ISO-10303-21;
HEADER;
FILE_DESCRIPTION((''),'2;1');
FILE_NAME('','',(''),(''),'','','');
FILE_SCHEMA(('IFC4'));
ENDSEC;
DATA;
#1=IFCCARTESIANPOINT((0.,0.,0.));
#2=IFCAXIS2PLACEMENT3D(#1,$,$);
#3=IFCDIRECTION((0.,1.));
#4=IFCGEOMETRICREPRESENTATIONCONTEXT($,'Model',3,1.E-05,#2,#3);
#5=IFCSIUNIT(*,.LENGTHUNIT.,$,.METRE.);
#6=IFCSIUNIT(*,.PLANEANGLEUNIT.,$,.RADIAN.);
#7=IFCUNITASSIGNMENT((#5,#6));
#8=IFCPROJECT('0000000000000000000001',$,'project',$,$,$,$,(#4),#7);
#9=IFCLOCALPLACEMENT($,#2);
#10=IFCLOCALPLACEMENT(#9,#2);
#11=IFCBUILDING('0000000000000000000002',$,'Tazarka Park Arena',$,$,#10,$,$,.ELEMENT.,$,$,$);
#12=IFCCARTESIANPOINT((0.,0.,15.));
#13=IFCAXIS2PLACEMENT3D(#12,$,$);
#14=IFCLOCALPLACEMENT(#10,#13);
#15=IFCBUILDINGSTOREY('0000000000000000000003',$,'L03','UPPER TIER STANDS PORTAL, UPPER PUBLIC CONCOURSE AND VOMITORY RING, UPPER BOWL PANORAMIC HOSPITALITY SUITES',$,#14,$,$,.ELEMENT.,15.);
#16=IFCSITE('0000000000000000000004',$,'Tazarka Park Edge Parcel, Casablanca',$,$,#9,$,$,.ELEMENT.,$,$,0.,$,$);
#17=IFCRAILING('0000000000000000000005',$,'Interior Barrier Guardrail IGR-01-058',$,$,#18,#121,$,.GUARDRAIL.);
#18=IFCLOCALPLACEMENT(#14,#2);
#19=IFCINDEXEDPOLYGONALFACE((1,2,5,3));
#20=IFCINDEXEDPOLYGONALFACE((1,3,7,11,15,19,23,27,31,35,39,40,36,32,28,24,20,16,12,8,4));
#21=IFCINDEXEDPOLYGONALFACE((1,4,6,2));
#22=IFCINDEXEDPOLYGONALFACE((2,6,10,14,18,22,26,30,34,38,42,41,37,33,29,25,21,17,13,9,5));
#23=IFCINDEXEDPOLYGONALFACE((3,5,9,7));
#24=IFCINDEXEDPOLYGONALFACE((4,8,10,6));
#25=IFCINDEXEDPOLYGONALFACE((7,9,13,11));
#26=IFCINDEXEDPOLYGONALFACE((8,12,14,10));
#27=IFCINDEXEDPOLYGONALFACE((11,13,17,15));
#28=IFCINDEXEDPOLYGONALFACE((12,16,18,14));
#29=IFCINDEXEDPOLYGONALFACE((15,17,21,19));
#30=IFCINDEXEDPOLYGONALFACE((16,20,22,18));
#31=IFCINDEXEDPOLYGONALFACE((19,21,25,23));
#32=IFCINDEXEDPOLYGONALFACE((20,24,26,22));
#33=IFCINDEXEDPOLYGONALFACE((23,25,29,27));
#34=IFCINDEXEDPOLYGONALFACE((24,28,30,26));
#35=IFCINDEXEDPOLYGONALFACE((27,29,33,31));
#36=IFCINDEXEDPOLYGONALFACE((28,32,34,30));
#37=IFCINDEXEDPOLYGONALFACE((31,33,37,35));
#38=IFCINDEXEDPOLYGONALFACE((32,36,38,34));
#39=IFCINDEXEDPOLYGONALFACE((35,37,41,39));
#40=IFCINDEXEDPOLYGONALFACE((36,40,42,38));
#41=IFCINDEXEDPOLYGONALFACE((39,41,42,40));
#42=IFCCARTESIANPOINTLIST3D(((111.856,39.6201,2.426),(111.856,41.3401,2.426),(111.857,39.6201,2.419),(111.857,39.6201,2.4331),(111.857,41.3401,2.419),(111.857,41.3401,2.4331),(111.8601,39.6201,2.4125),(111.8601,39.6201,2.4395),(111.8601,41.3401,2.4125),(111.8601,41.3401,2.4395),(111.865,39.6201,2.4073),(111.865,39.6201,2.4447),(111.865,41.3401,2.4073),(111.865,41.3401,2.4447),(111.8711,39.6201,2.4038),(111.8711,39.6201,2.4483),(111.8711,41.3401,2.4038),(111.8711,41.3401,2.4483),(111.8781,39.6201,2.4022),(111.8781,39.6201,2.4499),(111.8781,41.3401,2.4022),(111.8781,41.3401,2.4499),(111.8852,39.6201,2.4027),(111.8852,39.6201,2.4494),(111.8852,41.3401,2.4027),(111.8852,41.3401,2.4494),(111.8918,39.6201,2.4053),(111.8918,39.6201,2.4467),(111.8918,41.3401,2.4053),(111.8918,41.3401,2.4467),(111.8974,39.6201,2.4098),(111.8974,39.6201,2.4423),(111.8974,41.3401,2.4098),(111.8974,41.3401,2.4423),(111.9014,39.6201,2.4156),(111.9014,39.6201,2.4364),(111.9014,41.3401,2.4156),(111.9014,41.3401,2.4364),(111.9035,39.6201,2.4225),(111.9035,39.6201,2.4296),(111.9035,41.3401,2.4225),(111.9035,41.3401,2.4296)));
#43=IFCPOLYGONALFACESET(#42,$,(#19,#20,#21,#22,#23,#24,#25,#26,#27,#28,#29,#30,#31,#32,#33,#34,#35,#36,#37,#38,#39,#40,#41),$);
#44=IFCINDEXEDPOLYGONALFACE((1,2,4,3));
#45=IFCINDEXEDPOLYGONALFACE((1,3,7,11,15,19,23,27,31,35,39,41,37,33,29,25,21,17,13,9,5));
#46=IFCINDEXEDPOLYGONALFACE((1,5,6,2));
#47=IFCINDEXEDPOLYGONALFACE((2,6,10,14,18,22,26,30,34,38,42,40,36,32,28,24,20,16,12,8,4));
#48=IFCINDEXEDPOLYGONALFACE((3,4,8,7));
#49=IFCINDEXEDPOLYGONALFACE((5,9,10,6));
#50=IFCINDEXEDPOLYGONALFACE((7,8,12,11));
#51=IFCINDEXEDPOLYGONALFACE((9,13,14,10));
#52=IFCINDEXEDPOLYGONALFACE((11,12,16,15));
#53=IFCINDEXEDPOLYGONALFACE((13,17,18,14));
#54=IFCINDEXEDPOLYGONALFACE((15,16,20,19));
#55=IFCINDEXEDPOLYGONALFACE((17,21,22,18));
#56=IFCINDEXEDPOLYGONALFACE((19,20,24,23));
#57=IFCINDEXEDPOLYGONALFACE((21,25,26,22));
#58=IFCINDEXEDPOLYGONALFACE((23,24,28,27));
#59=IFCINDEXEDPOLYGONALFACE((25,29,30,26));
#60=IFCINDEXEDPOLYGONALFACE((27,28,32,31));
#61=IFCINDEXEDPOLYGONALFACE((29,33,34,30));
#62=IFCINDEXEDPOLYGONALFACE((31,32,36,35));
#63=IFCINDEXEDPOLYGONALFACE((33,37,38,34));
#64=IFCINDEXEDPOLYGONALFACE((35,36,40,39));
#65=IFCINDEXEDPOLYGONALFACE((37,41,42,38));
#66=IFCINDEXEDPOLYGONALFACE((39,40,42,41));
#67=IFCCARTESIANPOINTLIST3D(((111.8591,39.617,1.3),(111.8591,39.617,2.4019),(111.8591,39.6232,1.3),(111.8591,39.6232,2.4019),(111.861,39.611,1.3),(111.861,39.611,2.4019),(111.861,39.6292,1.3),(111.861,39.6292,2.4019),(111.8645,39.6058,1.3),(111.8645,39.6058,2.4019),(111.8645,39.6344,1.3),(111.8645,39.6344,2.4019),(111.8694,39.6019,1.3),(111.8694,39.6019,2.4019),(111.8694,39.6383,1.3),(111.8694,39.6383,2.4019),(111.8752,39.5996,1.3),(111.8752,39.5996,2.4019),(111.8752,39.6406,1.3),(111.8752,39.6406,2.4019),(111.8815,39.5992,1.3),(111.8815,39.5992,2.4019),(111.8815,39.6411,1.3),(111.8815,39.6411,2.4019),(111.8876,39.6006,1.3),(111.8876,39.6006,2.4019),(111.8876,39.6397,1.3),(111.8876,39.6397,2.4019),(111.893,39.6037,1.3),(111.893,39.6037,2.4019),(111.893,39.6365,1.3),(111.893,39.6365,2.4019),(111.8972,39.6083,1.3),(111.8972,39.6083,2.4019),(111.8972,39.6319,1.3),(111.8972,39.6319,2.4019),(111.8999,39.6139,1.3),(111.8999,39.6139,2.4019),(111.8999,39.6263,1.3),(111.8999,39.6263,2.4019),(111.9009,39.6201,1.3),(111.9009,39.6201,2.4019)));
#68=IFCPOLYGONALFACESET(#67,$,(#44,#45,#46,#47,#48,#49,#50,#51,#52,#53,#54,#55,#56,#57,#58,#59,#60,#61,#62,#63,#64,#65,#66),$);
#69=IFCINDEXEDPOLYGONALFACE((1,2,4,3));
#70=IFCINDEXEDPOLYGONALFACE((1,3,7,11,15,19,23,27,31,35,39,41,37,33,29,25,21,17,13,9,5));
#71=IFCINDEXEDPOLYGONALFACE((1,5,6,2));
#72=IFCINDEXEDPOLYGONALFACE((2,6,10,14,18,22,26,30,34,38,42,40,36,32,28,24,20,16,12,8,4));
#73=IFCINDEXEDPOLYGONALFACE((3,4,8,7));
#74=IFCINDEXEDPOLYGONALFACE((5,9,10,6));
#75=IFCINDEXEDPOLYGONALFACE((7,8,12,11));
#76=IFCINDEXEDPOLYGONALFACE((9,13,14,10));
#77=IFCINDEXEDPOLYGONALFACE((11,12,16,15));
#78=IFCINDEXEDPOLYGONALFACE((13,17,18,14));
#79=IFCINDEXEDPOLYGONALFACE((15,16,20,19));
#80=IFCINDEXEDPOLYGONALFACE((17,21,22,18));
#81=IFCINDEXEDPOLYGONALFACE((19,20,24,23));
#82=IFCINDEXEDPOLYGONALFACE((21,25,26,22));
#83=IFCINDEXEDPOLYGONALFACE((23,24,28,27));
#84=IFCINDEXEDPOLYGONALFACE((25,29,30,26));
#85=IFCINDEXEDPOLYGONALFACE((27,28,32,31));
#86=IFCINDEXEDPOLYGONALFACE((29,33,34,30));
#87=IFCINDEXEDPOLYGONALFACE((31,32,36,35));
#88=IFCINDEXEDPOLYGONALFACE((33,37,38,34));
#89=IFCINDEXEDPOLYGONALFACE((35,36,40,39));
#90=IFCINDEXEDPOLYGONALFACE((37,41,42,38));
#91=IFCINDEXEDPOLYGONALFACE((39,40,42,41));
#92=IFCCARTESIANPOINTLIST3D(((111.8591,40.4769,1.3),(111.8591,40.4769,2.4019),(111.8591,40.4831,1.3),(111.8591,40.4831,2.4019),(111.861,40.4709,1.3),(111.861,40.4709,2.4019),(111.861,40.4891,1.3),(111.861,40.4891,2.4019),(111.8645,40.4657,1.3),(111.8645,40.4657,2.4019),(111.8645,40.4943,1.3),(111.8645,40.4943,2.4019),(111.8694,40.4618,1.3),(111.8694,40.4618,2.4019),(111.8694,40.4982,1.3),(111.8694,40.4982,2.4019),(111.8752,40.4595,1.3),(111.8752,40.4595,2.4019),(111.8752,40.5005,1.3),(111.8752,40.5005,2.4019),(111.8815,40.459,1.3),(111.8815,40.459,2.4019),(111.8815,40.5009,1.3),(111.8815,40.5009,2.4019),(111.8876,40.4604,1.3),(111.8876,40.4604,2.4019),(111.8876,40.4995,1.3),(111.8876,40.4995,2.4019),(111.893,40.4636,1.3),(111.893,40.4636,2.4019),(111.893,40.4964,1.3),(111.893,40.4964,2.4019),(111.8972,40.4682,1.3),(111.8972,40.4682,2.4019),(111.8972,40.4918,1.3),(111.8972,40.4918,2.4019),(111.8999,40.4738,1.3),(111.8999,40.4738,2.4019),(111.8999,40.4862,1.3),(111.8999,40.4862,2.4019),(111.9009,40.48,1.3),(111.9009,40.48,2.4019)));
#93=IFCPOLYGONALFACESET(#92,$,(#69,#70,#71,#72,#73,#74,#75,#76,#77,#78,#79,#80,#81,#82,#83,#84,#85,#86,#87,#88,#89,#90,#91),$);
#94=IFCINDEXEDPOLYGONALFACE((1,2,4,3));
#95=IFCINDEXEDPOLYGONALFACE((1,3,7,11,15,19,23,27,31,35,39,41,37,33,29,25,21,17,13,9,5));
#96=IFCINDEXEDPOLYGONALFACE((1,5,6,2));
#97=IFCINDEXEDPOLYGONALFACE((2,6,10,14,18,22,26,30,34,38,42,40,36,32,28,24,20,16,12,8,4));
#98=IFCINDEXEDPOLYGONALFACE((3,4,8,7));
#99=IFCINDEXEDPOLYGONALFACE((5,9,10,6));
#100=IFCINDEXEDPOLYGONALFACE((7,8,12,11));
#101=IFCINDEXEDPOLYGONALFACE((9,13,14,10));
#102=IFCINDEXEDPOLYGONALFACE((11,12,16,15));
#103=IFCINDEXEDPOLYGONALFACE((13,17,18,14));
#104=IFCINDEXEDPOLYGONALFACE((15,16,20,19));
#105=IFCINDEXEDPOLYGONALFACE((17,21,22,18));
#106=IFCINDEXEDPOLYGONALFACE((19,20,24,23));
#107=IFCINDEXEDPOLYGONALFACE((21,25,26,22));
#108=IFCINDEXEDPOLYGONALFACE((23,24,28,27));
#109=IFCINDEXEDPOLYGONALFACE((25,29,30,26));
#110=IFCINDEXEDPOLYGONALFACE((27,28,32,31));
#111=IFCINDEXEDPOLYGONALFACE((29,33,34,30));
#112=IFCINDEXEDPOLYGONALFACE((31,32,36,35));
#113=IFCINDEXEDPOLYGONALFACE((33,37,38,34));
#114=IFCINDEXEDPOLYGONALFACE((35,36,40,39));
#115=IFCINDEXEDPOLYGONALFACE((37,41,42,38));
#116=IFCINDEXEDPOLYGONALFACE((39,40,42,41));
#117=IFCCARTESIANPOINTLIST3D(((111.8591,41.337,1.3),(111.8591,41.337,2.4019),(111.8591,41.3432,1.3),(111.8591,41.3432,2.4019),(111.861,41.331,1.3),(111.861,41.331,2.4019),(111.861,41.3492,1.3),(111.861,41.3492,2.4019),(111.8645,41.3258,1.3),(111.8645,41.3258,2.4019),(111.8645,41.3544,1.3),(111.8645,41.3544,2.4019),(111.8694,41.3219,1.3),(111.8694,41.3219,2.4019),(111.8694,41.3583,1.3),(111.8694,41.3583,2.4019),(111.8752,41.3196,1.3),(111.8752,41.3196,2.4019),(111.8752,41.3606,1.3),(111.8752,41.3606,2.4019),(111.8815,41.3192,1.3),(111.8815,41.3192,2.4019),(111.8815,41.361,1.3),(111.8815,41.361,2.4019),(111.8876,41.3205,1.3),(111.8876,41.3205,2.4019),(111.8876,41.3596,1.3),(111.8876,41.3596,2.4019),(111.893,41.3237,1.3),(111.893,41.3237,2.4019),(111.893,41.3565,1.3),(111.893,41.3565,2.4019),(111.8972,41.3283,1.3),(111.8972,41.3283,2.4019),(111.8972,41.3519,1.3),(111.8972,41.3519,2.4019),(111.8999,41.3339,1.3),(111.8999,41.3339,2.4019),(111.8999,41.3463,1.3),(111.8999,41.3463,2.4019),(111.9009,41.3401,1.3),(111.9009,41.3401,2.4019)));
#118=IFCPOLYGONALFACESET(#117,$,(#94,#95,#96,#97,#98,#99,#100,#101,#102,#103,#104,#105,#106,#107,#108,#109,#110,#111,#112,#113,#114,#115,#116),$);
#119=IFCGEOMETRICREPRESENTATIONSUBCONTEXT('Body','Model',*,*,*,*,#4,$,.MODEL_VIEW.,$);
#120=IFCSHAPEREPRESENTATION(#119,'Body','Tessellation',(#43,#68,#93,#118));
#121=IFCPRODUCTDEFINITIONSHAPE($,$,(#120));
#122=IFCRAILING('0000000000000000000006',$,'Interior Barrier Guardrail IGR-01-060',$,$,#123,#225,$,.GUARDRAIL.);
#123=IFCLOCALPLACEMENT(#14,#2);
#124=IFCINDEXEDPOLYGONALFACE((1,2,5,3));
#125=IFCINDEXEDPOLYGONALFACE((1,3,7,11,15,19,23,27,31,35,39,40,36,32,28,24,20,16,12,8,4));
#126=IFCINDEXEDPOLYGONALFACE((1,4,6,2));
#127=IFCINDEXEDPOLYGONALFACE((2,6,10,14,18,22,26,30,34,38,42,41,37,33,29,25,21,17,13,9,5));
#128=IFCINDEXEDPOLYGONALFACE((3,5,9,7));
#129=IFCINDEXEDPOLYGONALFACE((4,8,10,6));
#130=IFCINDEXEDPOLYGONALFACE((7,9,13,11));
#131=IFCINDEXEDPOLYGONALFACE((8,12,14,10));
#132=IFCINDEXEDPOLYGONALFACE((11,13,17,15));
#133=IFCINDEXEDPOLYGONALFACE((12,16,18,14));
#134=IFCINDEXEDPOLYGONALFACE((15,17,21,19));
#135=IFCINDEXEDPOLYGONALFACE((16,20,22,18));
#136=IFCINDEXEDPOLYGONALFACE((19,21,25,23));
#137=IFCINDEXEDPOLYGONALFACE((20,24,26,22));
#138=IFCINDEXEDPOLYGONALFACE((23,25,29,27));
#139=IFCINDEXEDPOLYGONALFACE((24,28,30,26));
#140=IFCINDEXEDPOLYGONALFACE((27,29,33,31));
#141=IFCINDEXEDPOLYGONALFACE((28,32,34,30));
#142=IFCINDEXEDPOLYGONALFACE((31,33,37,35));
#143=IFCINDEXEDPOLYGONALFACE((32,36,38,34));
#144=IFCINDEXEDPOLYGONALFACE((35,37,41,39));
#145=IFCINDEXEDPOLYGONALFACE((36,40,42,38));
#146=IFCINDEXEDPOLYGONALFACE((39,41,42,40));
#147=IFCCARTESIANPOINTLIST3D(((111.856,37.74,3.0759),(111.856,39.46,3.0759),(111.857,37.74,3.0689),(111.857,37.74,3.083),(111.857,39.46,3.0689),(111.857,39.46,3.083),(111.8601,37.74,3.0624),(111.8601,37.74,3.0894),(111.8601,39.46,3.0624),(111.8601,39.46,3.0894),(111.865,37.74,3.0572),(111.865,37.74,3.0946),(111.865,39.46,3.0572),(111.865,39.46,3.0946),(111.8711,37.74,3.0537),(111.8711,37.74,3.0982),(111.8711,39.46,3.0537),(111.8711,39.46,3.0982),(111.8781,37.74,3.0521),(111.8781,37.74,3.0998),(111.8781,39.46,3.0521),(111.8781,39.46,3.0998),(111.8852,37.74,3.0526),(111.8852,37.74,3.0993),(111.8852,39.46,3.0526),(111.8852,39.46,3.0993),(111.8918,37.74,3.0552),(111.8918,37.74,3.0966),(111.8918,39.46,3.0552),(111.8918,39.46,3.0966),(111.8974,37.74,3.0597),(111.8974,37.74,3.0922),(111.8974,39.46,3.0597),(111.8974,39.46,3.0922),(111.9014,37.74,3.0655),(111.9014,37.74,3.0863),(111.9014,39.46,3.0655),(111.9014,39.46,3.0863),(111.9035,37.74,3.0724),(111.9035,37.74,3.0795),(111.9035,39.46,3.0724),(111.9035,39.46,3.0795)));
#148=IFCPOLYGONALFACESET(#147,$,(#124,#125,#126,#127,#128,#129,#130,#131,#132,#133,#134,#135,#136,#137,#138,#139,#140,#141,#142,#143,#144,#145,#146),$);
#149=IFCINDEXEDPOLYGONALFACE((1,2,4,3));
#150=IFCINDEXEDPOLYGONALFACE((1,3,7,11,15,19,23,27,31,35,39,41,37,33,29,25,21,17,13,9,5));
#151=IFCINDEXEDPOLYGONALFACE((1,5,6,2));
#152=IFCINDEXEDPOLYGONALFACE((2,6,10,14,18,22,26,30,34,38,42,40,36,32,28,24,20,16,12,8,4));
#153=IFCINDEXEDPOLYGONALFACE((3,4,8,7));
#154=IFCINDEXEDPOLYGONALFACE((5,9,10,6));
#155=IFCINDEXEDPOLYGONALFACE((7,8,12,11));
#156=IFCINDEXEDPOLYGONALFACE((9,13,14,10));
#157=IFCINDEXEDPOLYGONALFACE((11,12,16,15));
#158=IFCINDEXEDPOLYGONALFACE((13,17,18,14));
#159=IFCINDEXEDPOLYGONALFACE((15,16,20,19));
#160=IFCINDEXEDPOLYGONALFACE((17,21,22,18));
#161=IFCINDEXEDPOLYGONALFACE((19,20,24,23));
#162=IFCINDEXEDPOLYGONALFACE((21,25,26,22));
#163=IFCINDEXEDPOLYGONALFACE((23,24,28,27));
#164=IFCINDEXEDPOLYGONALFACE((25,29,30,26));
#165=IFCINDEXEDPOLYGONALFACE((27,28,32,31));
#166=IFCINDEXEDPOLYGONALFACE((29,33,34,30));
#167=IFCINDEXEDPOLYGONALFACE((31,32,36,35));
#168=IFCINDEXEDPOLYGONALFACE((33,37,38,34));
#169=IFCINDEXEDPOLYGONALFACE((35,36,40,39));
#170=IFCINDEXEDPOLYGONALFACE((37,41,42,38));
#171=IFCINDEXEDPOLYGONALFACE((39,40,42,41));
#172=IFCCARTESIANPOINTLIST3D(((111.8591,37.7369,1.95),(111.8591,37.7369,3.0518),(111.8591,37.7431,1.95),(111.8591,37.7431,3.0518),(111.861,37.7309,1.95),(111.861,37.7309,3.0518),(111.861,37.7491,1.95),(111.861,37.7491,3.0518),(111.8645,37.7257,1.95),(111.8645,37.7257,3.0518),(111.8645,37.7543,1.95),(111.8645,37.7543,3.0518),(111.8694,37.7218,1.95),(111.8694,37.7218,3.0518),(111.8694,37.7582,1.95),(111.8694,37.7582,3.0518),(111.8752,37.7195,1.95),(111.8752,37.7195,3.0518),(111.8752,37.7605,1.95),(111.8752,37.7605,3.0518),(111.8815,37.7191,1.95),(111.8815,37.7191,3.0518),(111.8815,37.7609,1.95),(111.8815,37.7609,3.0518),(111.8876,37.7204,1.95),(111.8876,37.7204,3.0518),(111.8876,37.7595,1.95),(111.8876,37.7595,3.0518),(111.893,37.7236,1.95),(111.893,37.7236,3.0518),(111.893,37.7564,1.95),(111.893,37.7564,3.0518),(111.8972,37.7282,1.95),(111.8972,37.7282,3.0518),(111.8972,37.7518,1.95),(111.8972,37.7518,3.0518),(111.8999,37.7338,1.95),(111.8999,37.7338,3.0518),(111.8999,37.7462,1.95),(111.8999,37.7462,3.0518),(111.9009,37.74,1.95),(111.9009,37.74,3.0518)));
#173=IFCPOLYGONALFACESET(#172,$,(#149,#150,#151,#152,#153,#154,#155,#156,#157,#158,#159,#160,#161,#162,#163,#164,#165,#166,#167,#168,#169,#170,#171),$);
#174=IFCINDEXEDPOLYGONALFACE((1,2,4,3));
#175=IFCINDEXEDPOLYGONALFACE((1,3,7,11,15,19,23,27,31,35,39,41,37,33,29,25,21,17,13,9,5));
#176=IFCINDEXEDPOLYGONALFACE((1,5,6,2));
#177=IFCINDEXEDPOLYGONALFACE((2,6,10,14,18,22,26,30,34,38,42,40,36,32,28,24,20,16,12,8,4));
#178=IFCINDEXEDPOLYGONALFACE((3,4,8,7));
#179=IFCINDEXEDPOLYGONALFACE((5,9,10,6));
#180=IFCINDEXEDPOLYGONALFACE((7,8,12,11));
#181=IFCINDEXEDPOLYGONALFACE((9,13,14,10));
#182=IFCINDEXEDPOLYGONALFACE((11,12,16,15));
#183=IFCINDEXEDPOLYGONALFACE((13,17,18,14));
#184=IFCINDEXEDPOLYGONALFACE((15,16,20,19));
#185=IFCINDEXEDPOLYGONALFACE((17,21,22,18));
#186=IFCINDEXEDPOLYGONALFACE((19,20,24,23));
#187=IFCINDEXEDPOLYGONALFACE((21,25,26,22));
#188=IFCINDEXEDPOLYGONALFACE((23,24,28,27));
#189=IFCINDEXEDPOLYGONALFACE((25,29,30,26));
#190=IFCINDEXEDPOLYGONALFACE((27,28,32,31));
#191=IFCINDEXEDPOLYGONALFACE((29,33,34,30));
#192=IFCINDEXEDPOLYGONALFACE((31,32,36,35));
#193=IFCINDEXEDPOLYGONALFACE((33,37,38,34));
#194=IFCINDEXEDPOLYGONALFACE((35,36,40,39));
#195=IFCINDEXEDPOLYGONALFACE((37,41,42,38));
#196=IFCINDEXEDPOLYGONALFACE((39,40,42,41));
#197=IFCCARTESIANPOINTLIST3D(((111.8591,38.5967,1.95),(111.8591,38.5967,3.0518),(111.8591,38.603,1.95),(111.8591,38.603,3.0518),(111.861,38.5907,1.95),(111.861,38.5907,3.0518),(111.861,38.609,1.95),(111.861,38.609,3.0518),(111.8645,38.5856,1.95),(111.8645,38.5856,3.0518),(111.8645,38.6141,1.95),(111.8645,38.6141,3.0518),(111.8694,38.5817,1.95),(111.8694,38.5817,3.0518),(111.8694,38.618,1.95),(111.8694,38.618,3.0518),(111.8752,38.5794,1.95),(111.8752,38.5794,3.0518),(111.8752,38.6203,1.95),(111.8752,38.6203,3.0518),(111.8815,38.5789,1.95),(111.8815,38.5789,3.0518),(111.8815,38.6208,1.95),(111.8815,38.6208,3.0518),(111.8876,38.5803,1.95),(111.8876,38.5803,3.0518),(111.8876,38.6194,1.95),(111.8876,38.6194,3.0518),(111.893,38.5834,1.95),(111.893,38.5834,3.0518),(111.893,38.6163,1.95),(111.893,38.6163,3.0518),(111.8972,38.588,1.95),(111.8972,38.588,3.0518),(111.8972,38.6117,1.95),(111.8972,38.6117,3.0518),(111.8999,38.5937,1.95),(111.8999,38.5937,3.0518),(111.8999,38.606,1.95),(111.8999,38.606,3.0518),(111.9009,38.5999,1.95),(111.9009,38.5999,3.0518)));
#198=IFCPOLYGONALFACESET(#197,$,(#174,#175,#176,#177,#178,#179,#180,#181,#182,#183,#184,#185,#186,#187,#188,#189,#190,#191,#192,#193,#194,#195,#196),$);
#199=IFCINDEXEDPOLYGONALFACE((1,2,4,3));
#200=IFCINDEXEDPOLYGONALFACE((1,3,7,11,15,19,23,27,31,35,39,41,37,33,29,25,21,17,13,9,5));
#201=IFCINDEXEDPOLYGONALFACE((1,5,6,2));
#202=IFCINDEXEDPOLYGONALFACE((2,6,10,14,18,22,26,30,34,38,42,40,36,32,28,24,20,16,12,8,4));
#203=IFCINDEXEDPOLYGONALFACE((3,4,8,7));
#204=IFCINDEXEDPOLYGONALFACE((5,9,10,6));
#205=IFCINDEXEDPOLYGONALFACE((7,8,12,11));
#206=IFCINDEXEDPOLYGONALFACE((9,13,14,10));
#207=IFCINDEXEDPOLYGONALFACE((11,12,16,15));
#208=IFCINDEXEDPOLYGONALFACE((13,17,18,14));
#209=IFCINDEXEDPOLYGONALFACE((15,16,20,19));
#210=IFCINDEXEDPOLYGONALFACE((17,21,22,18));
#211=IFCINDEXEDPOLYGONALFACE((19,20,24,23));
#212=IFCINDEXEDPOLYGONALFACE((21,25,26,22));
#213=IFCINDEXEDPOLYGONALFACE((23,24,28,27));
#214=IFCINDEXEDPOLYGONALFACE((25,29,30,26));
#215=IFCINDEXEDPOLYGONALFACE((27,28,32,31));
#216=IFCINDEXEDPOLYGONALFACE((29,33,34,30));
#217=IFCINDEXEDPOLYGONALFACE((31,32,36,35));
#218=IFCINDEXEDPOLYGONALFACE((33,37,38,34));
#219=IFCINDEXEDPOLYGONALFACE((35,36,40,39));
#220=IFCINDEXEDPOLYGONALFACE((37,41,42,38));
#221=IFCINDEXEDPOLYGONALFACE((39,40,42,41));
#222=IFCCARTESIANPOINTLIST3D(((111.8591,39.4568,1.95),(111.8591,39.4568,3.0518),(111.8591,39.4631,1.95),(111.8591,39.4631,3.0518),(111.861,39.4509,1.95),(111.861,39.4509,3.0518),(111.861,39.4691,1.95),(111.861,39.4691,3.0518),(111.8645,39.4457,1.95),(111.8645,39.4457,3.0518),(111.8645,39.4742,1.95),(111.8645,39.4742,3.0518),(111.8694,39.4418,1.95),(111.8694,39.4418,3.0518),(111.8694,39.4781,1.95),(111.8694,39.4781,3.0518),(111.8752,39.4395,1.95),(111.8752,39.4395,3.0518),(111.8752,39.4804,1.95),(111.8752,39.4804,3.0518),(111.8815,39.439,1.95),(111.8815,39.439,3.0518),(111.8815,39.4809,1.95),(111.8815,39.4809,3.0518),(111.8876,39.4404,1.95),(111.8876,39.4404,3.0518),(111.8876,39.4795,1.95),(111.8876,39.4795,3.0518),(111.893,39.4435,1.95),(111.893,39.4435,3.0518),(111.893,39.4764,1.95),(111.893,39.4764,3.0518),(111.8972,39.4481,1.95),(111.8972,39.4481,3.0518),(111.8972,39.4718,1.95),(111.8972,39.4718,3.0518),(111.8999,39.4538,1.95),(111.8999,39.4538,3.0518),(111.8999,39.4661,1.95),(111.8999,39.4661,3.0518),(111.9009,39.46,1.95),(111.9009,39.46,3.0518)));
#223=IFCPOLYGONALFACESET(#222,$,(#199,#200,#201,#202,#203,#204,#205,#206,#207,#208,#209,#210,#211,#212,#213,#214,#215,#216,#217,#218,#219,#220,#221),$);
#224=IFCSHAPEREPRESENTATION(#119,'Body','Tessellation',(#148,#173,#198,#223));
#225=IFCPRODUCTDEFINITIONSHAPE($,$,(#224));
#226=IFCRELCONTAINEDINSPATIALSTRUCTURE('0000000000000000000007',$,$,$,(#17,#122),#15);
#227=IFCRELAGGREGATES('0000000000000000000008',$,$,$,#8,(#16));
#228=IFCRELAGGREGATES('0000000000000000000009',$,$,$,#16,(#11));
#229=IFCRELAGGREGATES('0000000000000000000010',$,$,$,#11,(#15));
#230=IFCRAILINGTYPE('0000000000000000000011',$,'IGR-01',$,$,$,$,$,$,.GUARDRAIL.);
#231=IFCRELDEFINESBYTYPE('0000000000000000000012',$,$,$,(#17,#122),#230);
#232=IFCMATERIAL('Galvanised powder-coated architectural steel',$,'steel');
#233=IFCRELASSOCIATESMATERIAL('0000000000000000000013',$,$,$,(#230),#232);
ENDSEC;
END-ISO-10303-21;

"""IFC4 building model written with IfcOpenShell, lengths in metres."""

from ifc_helpers import new_model, si_unit, direction, frame, origin, origin_2d, place, context, subcontext, project, spatial, circle, extrude, material, type_object, element, save


model = new_model("IFC4")

# Units and contexts
model_context = context("Model", 3, precision=1e-05, world=origin(), true_north=direction((0.0, 1.0)))
body_context = subcontext(model_context, "Body", "Model", "MODEL_VIEW")
ifc_project = project(units=[si_unit("LENGTHUNIT", "METRE"), si_unit("PLANEANGLEUNIT", "RADIAN")], contexts=[model_context])

# Site, building, storey
site_placement = place(None, origin())
site = spatial("IfcSite", under=ifc_project, at=site_placement, Name="Tazarka Park Edge Parcel, Casablanca", CompositionType="ELEMENT", RefElevation=0.0)
building_placement = place(site_placement, origin())
building = spatial("IfcBuilding", under=site, at=building_placement, Name="Tazarka Park Arena", CompositionType="ELEMENT")
storey_placement = place(building_placement, frame((0.0, 0.0, 15.0)))
storey = spatial("IfcBuildingStorey", under=building, at=storey_placement, Name="L03", Description="UPPER TIER STANDS PORTAL, UPPER PUBLIC CONCOURSE AND VOMITORY RING, UPPER BOWL PANORAMIC HOSPITALITY SUITES", CompositionType="ELEMENT", Elevation=15.0)

# Railings
ifc_material_1 = material(Name="Galvanised powder-coated architectural steel", Category="steel")
railing_type = type_object("IfcRailingType", Name="IGR-01", PredefinedType="GUARDRAIL", material=ifc_material_1)
for number, where, name in (
    (1, (111.8799, 39.6201, 1.3), "Interior Barrier Guardrail IGR-01-058"),
    (2, (111.8799, 37.74, 1.95), "Interior Barrier Guardrail IGR-01-060"),
):
    element("IfcRailing", number, at=place(storey_placement, frame(where)), inside=storey, type_object=railing_type, Name=name, PredefinedType="GUARDRAIL", context=body_context, shape_type="SweptSolid", body=[
        extrude(circle(Radius=0.0239, at=origin_2d()), frame((0.0, 0.0, 1.126), z_axis=(0.0, 1.0, 0.0), x_axis=(-1.0, 0.0, 0.0)), (0.0, 0.0, 1.0), 1.72),
        extrude(circle(Radius=0.021, at=origin_2d()), origin(), (0.0, 0.0, 1.0), 1.1018),
        extrude(circle(Radius=0.021, at=origin_2d()), frame((0.0, 0.8599, 0.0)), (0.0, 0.0, 1.0), 1.1018),
        extrude(circle(Radius=0.021, at=origin_2d()), frame((0.0, 1.72, 0.0)), (0.0, 0.0, 1.0), 1.1018),
    ])

save(model, "model.ifc")
